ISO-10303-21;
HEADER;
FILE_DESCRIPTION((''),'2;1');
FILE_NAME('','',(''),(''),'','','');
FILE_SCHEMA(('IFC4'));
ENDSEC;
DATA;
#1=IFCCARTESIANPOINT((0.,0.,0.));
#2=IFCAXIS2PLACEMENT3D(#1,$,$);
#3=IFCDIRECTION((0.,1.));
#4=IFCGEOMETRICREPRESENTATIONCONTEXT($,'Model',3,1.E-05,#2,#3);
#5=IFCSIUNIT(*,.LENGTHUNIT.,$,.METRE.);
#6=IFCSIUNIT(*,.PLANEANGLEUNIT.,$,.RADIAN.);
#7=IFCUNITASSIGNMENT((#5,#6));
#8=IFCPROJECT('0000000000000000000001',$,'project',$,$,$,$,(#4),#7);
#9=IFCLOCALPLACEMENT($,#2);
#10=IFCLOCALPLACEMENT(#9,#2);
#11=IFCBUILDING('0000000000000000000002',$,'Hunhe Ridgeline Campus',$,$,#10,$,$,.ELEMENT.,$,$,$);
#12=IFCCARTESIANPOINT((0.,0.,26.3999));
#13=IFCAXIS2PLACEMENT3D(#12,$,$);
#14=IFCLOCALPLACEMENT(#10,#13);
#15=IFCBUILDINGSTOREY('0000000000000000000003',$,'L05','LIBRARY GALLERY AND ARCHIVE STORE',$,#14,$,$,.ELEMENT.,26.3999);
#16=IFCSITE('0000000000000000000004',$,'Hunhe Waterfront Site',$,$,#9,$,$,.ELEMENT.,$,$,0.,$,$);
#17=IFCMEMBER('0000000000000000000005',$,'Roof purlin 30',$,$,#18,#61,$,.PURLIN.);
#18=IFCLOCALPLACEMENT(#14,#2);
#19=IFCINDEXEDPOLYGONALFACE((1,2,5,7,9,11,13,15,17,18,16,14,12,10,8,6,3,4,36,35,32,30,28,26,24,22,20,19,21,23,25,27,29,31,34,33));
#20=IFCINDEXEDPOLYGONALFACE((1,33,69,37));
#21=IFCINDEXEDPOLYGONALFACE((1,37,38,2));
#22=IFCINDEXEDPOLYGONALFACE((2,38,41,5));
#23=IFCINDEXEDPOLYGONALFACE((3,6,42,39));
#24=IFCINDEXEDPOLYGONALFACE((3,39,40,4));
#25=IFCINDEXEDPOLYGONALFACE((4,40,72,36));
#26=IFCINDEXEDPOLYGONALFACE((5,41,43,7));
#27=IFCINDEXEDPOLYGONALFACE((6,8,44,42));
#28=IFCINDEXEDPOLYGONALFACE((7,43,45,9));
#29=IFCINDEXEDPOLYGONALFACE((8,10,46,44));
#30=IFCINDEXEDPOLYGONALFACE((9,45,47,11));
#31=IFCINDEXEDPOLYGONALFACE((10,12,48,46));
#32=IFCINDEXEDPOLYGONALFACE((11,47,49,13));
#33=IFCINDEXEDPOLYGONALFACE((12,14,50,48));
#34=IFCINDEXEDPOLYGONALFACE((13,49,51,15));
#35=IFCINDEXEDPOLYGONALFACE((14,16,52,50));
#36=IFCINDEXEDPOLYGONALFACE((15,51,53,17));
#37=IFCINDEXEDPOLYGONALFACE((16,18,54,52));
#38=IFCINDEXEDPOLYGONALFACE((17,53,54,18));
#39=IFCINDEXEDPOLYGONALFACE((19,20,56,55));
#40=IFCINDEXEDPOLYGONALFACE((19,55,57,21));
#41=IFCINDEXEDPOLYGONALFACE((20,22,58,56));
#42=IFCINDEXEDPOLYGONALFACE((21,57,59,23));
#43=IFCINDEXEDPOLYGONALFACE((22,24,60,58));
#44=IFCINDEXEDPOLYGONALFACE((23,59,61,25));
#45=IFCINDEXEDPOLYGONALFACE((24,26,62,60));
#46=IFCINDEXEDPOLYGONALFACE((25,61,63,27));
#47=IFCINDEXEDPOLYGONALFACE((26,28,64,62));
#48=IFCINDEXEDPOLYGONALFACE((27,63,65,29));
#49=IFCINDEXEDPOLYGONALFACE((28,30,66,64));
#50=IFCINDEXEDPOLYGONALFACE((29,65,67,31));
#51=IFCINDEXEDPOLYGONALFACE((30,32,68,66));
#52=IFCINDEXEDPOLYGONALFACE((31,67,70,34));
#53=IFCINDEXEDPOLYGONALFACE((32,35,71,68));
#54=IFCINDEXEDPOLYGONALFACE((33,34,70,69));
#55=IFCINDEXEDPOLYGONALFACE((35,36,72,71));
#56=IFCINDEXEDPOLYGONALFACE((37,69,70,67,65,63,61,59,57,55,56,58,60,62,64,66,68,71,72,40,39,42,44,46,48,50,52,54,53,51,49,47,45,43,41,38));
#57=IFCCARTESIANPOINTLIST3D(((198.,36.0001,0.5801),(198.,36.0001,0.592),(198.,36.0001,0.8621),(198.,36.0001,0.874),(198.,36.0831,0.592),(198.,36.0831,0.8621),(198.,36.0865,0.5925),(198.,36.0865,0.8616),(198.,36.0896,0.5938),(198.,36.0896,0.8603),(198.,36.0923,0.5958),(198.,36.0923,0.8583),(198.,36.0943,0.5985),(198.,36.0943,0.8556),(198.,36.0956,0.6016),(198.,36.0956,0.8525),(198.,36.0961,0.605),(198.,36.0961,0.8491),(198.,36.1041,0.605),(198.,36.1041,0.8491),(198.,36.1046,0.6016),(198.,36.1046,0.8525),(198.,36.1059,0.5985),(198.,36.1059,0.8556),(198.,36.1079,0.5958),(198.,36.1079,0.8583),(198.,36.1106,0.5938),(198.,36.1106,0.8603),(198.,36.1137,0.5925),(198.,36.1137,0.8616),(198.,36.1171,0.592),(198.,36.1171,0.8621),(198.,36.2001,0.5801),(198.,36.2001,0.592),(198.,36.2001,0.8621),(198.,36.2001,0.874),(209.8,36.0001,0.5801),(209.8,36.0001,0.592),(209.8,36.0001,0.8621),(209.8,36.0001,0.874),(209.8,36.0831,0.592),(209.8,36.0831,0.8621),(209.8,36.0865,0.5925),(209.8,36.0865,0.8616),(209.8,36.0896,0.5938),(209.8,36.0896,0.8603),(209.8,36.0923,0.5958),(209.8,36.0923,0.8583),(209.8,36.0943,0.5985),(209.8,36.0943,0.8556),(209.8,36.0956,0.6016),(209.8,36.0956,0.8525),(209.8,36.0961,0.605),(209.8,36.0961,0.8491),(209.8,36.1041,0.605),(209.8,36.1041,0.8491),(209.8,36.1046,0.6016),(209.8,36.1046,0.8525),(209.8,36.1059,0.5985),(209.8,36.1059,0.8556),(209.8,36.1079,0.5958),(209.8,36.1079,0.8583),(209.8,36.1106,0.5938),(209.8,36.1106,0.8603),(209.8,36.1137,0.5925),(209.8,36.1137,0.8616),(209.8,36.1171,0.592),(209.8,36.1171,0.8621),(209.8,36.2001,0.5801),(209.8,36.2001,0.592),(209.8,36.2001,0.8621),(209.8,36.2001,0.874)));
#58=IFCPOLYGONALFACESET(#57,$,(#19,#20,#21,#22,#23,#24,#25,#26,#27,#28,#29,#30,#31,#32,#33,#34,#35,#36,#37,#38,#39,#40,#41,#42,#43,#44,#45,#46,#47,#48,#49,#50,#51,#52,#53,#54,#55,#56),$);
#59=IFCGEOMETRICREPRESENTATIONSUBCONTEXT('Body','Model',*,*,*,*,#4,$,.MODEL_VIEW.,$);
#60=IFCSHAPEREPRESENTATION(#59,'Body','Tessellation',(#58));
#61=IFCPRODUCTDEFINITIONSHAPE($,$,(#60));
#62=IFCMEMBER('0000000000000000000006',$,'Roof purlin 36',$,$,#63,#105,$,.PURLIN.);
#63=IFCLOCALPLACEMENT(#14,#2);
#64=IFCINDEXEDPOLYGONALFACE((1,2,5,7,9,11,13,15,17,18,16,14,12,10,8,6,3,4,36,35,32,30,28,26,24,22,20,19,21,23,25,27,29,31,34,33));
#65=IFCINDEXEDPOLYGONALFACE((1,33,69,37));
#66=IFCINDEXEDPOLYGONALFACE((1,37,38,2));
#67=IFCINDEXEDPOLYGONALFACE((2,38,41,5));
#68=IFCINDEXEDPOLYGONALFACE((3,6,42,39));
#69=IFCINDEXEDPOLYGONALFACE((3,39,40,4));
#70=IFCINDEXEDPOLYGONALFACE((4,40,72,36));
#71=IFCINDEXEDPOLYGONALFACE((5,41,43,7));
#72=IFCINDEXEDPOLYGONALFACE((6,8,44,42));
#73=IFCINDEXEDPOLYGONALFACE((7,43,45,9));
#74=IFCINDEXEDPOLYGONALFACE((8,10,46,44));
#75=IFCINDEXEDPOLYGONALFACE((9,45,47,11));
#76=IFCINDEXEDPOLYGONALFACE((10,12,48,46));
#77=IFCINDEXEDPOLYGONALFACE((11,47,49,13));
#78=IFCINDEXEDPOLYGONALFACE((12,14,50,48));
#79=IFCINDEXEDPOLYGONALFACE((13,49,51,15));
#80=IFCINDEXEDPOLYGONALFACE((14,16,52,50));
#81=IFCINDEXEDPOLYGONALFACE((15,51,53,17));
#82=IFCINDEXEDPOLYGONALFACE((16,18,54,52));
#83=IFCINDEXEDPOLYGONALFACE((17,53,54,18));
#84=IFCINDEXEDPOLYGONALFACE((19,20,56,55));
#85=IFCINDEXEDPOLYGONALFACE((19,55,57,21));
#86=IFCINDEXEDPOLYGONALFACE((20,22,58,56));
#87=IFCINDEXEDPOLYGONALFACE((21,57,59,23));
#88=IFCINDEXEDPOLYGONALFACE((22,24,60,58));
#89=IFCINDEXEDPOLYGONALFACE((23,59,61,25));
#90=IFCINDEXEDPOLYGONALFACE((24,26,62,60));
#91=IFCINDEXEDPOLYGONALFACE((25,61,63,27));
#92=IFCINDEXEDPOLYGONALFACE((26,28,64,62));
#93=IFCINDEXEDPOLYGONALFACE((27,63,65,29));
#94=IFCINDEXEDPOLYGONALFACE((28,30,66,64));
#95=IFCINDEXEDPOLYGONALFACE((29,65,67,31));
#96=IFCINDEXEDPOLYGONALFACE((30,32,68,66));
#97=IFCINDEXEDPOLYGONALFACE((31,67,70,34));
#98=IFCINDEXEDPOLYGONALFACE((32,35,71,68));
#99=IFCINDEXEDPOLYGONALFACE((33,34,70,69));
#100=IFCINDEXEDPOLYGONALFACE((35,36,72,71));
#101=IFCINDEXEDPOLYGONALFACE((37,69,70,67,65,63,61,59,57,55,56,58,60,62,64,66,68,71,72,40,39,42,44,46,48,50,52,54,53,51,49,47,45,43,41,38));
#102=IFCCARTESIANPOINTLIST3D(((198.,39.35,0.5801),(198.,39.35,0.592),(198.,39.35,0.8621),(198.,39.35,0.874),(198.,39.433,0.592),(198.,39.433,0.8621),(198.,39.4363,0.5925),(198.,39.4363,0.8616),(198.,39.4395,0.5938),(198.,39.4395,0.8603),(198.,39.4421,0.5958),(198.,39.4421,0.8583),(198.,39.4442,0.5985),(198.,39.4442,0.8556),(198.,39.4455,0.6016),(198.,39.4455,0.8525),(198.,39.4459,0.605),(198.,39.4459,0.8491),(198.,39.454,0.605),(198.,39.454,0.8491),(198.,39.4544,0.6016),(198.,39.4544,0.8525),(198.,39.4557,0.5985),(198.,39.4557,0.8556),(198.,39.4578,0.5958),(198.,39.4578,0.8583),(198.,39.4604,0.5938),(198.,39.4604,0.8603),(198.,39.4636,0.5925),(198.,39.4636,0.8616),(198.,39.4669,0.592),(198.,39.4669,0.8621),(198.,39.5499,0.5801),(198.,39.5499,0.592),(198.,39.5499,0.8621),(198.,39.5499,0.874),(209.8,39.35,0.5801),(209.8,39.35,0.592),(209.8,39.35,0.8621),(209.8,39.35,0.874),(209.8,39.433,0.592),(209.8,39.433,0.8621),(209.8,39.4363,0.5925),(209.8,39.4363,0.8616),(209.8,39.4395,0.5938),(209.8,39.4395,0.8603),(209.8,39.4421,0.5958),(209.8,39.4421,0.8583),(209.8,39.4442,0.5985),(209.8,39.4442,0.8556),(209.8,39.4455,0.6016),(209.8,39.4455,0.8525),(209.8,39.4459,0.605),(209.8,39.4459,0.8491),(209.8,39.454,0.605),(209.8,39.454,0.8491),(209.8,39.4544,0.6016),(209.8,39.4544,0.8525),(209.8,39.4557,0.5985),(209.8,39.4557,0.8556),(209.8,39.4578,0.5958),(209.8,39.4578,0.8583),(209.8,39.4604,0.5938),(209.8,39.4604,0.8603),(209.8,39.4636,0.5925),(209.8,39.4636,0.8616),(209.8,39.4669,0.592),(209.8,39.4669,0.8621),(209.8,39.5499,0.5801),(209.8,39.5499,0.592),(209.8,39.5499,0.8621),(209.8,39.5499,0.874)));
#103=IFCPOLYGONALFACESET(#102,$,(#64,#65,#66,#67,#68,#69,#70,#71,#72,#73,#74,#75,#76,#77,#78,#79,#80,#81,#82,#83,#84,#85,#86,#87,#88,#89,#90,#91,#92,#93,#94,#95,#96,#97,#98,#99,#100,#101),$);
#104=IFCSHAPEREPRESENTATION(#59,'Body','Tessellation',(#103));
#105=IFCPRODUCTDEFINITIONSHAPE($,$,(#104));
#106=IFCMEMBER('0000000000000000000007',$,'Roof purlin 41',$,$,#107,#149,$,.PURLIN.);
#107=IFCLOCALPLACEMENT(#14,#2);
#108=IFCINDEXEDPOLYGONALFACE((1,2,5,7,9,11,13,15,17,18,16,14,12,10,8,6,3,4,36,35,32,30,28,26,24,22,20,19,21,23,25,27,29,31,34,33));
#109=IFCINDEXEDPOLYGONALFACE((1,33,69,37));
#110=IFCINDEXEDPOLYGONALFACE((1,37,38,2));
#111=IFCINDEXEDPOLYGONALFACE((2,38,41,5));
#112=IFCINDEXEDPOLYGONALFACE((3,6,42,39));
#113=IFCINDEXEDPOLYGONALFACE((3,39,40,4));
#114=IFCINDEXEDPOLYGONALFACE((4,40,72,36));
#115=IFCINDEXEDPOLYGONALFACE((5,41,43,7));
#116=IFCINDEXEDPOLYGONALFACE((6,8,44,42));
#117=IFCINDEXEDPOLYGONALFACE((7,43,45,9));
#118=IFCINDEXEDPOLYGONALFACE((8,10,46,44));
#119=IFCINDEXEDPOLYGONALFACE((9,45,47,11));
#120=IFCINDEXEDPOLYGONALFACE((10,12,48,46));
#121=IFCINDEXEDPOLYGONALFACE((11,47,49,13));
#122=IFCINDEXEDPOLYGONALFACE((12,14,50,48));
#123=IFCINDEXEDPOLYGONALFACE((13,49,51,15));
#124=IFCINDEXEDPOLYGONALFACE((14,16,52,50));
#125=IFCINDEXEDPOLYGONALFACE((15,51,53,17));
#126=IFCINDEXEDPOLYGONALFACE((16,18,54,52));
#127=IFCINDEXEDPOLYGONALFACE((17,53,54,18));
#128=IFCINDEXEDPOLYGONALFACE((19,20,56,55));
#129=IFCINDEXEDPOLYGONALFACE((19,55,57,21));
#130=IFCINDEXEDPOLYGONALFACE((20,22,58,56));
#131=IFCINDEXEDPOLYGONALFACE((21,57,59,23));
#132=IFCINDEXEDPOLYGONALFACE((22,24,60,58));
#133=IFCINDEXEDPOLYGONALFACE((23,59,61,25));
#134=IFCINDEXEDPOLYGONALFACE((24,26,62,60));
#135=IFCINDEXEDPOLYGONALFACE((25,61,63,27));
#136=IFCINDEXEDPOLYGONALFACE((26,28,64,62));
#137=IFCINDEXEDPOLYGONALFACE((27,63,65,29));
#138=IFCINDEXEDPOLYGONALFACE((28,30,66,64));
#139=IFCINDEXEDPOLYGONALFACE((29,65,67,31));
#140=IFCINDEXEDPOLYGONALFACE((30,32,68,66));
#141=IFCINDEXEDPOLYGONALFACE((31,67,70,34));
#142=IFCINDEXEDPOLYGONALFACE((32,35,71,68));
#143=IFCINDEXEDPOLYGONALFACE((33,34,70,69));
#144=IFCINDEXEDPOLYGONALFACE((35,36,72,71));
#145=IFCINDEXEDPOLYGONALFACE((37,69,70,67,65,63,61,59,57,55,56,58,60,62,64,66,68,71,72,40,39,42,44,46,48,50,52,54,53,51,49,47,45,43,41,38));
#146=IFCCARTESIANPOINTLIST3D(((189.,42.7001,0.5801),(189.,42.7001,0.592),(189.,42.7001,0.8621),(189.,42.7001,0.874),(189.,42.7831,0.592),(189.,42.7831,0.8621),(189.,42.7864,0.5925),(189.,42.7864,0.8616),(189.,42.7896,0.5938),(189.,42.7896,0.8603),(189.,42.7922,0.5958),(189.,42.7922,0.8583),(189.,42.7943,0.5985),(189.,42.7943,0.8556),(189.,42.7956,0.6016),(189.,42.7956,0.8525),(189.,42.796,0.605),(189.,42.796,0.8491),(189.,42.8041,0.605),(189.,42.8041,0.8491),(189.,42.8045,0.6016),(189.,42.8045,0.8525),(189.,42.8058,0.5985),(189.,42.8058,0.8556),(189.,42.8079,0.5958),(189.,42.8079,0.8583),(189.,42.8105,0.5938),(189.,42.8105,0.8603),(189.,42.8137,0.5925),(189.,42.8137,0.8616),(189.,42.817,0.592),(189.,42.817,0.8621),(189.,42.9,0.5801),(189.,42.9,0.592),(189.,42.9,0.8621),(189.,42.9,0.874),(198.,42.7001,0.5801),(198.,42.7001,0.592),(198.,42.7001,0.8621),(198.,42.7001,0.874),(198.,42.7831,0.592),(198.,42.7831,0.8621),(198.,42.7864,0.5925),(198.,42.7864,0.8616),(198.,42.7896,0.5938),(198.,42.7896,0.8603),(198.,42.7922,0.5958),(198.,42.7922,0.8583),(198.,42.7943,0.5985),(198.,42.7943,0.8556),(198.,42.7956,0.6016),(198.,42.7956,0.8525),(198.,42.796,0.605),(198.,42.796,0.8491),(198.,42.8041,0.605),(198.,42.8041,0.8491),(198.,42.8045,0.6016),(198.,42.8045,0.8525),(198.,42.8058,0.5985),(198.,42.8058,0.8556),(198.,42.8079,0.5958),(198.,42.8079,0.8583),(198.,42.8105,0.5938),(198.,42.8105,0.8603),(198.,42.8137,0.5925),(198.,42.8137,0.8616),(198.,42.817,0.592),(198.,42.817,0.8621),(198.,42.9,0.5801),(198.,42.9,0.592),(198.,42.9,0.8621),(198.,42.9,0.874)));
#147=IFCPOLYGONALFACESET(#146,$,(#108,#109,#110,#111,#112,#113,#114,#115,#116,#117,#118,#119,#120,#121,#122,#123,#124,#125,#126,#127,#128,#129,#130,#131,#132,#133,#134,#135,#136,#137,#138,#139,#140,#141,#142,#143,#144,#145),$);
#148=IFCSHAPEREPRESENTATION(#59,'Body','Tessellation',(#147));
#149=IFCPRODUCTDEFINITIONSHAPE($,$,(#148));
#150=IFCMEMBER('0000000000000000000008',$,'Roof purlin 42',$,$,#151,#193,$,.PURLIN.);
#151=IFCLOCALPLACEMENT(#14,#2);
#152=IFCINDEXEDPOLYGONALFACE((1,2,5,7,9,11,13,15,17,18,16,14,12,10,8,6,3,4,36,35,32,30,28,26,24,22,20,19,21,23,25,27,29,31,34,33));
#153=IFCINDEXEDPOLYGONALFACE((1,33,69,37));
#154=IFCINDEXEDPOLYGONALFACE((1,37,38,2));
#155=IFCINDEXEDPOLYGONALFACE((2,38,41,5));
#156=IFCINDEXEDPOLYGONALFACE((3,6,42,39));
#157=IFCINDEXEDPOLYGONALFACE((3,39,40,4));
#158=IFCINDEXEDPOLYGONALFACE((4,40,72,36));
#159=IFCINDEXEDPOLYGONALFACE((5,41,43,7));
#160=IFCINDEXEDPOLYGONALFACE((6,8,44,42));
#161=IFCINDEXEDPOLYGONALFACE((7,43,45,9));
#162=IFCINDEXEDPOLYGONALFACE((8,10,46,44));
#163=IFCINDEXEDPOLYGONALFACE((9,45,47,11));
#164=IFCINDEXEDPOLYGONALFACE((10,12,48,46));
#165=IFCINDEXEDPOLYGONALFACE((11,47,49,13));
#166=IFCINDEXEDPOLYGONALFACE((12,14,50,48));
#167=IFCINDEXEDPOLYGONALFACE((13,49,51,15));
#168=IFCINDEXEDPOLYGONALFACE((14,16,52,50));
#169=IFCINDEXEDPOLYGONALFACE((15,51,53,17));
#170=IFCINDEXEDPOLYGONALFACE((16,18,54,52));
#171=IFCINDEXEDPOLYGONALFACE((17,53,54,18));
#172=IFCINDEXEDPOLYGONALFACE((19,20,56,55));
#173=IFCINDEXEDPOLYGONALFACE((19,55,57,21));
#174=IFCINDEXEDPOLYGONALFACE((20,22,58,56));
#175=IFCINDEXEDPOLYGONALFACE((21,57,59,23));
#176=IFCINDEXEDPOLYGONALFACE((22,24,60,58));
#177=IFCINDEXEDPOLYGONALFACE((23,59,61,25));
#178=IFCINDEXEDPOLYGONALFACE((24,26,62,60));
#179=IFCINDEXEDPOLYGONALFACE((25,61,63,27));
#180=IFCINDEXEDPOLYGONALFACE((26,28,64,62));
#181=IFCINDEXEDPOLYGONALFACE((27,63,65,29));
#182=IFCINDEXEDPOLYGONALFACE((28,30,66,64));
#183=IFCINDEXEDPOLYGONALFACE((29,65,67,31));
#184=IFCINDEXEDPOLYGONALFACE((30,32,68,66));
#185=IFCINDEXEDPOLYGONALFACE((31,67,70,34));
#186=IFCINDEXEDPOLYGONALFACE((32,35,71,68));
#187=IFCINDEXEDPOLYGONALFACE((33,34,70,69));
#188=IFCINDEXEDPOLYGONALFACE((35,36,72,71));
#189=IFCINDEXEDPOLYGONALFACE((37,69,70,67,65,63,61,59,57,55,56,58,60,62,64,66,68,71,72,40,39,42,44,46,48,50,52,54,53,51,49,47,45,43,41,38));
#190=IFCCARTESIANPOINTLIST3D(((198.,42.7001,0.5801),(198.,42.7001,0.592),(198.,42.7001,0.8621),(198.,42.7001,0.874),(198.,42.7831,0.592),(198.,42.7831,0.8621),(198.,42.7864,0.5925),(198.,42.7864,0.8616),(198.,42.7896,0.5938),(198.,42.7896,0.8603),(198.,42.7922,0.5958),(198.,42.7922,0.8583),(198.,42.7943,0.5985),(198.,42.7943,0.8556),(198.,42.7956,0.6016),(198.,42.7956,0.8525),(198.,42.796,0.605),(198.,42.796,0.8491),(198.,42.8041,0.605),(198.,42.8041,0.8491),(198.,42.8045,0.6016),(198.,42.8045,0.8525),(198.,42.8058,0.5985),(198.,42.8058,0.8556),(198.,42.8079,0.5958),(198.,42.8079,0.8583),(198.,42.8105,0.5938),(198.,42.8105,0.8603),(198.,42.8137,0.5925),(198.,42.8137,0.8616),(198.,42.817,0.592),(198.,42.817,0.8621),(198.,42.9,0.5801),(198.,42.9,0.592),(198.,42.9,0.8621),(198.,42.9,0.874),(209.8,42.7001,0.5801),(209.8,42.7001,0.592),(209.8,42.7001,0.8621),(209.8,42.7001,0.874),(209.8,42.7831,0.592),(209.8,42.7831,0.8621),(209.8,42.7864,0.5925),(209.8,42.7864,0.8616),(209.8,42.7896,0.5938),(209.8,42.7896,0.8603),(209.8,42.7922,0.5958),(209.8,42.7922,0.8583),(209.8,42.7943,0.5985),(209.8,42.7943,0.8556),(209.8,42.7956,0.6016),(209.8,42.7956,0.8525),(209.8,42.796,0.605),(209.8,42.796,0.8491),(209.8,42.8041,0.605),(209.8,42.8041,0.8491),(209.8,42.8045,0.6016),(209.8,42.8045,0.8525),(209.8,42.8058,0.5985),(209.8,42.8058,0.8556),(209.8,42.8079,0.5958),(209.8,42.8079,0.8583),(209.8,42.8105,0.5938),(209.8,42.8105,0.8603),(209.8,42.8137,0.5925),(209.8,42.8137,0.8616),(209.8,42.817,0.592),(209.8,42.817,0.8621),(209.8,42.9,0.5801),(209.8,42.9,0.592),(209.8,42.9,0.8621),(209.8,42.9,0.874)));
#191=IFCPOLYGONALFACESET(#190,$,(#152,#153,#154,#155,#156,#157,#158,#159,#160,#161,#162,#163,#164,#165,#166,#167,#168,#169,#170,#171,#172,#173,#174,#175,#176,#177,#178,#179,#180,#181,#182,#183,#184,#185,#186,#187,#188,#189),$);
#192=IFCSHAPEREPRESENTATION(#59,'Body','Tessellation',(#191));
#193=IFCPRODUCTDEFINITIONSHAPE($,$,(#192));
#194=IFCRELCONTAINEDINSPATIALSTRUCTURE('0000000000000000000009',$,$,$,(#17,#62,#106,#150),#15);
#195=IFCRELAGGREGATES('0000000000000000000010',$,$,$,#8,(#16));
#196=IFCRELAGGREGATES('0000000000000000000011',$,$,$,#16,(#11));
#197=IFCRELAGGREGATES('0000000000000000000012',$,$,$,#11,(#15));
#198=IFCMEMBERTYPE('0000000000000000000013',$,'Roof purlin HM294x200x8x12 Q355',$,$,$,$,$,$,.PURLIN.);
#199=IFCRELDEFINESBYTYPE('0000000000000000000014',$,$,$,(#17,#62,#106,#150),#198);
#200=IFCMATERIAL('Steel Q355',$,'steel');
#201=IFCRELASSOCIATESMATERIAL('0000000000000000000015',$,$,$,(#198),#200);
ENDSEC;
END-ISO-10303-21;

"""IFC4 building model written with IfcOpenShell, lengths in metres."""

from ifc_helpers import new_model, si_unit, direction, frame, origin, origin_2d, place, context, subcontext, project, spatial, i_section, extrude, material, material_profile, profile_set, type_object, element, save


model = new_model("IFC4")

# Units and contexts
model_context = context("Model", 3, precision=1e-05, world=origin(), true_north=direction((0.0, 1.0)))
body_context = subcontext(model_context, "Body", "Model", "MODEL_VIEW")
ifc_project = project(units=[si_unit("LENGTHUNIT", "METRE"), si_unit("PLANEANGLEUNIT", "RADIAN")], contexts=[model_context])

# Site, building, storey
site_placement = place(None, origin())
site = spatial("IfcSite", under=ifc_project, at=site_placement, Name="Hunhe Waterfront Site", CompositionType="ELEMENT", RefElevation=0.0)
building_placement = place(site_placement, origin())
building = spatial("IfcBuilding", under=site, at=building_placement, Name="Hunhe Ridgeline Campus", CompositionType="ELEMENT")
storey_placement = place(building_placement, frame((0.0, 0.0, 26.3999)))
storey = spatial("IfcBuildingStorey", under=building, at=storey_placement, Name="L05", Description="LIBRARY GALLERY AND ARCHIVE STORE", CompositionType="ELEMENT", Elevation=26.3999)

# Members
ifc_material = material(Name="Steel Q355", Category="steel")
ifc_material_profile_1 = material_profile(ifc_material, i_section(OverallWidth=0.2, OverallDepth=0.2939, WebThickness=0.0081, FlangeThickness=0.012, FilletRadius=0.0129, at=origin_2d()))
ifc_profile_set_1 = profile_set([ifc_material_profile_1], Name="Steel Q355")
member_type_1 = type_object("IfcMemberType", Name="Roof purlin HM294x200x8x12 Q355", PredefinedType="PURLIN", material=ifc_profile_set_1)
for number, where, z_axis, x_axis, name in (
    (1, (198.0, 36.1001, 0.7271), (1.0, 0.0, 0.0), (0.0, 1.0, 0.0), "Roof purlin 30"),
    (2, (198.0, 39.45, 0.7271), (1.0, 0.0, 0.0), (0.0, 1.0, 0.0), "Roof purlin 36"),
):
    element("IfcMember", number, at=place(storey_placement, frame(where, z_axis=z_axis, x_axis=x_axis)), inside=storey, type_object=member_type_1, Name=name, PredefinedType="PURLIN", context=body_context, shape_type="SweptSolid", body=[
        extrude(i_section(OverallWidth=0.2, OverallDepth=0.2939, WebThickness=0.0081, FlangeThickness=0.012, FilletRadius=0.0129, at=origin_2d()), origin(), (0.0, 0.0, 1.0), 11.8),
    ])
member_1_placement = place(storey_placement, frame((189.0, 42.8, 0.7271), z_axis=(1.0, 0.0, 0.0), x_axis=(0.0, 1.0, 0.0)))
element("IfcMember", 3, at=member_1_placement, inside=storey, type_object=member_type_1, Name="Roof purlin 41", PredefinedType="PURLIN", context=body_context, shape_type="SweptSolid", body=[
    extrude(i_section(OverallWidth=0.2, OverallDepth=0.2939, WebThickness=0.0081, FlangeThickness=0.012, FilletRadius=0.0129, at=origin_2d()), origin(), (0.0, 0.0, 1.0), 9.0),
])
member_2_placement = place(storey_placement, frame((198.0, 42.8, 0.7271), z_axis=(1.0, 0.0, 0.0), x_axis=(0.0, 1.0, 0.0)))
element("IfcMember", 4, at=member_2_placement, inside=storey, type_object=member_type_1, Name="Roof purlin 42", PredefinedType="PURLIN", context=body_context, shape_type="SweptSolid", body=[
    extrude(i_section(OverallWidth=0.2, OverallDepth=0.2939, WebThickness=0.0081, FlangeThickness=0.012, FilletRadius=0.0129, at=origin_2d()), origin(), (0.0, 0.0, 1.0), 11.8),
])

save(model, "model.ifc")
